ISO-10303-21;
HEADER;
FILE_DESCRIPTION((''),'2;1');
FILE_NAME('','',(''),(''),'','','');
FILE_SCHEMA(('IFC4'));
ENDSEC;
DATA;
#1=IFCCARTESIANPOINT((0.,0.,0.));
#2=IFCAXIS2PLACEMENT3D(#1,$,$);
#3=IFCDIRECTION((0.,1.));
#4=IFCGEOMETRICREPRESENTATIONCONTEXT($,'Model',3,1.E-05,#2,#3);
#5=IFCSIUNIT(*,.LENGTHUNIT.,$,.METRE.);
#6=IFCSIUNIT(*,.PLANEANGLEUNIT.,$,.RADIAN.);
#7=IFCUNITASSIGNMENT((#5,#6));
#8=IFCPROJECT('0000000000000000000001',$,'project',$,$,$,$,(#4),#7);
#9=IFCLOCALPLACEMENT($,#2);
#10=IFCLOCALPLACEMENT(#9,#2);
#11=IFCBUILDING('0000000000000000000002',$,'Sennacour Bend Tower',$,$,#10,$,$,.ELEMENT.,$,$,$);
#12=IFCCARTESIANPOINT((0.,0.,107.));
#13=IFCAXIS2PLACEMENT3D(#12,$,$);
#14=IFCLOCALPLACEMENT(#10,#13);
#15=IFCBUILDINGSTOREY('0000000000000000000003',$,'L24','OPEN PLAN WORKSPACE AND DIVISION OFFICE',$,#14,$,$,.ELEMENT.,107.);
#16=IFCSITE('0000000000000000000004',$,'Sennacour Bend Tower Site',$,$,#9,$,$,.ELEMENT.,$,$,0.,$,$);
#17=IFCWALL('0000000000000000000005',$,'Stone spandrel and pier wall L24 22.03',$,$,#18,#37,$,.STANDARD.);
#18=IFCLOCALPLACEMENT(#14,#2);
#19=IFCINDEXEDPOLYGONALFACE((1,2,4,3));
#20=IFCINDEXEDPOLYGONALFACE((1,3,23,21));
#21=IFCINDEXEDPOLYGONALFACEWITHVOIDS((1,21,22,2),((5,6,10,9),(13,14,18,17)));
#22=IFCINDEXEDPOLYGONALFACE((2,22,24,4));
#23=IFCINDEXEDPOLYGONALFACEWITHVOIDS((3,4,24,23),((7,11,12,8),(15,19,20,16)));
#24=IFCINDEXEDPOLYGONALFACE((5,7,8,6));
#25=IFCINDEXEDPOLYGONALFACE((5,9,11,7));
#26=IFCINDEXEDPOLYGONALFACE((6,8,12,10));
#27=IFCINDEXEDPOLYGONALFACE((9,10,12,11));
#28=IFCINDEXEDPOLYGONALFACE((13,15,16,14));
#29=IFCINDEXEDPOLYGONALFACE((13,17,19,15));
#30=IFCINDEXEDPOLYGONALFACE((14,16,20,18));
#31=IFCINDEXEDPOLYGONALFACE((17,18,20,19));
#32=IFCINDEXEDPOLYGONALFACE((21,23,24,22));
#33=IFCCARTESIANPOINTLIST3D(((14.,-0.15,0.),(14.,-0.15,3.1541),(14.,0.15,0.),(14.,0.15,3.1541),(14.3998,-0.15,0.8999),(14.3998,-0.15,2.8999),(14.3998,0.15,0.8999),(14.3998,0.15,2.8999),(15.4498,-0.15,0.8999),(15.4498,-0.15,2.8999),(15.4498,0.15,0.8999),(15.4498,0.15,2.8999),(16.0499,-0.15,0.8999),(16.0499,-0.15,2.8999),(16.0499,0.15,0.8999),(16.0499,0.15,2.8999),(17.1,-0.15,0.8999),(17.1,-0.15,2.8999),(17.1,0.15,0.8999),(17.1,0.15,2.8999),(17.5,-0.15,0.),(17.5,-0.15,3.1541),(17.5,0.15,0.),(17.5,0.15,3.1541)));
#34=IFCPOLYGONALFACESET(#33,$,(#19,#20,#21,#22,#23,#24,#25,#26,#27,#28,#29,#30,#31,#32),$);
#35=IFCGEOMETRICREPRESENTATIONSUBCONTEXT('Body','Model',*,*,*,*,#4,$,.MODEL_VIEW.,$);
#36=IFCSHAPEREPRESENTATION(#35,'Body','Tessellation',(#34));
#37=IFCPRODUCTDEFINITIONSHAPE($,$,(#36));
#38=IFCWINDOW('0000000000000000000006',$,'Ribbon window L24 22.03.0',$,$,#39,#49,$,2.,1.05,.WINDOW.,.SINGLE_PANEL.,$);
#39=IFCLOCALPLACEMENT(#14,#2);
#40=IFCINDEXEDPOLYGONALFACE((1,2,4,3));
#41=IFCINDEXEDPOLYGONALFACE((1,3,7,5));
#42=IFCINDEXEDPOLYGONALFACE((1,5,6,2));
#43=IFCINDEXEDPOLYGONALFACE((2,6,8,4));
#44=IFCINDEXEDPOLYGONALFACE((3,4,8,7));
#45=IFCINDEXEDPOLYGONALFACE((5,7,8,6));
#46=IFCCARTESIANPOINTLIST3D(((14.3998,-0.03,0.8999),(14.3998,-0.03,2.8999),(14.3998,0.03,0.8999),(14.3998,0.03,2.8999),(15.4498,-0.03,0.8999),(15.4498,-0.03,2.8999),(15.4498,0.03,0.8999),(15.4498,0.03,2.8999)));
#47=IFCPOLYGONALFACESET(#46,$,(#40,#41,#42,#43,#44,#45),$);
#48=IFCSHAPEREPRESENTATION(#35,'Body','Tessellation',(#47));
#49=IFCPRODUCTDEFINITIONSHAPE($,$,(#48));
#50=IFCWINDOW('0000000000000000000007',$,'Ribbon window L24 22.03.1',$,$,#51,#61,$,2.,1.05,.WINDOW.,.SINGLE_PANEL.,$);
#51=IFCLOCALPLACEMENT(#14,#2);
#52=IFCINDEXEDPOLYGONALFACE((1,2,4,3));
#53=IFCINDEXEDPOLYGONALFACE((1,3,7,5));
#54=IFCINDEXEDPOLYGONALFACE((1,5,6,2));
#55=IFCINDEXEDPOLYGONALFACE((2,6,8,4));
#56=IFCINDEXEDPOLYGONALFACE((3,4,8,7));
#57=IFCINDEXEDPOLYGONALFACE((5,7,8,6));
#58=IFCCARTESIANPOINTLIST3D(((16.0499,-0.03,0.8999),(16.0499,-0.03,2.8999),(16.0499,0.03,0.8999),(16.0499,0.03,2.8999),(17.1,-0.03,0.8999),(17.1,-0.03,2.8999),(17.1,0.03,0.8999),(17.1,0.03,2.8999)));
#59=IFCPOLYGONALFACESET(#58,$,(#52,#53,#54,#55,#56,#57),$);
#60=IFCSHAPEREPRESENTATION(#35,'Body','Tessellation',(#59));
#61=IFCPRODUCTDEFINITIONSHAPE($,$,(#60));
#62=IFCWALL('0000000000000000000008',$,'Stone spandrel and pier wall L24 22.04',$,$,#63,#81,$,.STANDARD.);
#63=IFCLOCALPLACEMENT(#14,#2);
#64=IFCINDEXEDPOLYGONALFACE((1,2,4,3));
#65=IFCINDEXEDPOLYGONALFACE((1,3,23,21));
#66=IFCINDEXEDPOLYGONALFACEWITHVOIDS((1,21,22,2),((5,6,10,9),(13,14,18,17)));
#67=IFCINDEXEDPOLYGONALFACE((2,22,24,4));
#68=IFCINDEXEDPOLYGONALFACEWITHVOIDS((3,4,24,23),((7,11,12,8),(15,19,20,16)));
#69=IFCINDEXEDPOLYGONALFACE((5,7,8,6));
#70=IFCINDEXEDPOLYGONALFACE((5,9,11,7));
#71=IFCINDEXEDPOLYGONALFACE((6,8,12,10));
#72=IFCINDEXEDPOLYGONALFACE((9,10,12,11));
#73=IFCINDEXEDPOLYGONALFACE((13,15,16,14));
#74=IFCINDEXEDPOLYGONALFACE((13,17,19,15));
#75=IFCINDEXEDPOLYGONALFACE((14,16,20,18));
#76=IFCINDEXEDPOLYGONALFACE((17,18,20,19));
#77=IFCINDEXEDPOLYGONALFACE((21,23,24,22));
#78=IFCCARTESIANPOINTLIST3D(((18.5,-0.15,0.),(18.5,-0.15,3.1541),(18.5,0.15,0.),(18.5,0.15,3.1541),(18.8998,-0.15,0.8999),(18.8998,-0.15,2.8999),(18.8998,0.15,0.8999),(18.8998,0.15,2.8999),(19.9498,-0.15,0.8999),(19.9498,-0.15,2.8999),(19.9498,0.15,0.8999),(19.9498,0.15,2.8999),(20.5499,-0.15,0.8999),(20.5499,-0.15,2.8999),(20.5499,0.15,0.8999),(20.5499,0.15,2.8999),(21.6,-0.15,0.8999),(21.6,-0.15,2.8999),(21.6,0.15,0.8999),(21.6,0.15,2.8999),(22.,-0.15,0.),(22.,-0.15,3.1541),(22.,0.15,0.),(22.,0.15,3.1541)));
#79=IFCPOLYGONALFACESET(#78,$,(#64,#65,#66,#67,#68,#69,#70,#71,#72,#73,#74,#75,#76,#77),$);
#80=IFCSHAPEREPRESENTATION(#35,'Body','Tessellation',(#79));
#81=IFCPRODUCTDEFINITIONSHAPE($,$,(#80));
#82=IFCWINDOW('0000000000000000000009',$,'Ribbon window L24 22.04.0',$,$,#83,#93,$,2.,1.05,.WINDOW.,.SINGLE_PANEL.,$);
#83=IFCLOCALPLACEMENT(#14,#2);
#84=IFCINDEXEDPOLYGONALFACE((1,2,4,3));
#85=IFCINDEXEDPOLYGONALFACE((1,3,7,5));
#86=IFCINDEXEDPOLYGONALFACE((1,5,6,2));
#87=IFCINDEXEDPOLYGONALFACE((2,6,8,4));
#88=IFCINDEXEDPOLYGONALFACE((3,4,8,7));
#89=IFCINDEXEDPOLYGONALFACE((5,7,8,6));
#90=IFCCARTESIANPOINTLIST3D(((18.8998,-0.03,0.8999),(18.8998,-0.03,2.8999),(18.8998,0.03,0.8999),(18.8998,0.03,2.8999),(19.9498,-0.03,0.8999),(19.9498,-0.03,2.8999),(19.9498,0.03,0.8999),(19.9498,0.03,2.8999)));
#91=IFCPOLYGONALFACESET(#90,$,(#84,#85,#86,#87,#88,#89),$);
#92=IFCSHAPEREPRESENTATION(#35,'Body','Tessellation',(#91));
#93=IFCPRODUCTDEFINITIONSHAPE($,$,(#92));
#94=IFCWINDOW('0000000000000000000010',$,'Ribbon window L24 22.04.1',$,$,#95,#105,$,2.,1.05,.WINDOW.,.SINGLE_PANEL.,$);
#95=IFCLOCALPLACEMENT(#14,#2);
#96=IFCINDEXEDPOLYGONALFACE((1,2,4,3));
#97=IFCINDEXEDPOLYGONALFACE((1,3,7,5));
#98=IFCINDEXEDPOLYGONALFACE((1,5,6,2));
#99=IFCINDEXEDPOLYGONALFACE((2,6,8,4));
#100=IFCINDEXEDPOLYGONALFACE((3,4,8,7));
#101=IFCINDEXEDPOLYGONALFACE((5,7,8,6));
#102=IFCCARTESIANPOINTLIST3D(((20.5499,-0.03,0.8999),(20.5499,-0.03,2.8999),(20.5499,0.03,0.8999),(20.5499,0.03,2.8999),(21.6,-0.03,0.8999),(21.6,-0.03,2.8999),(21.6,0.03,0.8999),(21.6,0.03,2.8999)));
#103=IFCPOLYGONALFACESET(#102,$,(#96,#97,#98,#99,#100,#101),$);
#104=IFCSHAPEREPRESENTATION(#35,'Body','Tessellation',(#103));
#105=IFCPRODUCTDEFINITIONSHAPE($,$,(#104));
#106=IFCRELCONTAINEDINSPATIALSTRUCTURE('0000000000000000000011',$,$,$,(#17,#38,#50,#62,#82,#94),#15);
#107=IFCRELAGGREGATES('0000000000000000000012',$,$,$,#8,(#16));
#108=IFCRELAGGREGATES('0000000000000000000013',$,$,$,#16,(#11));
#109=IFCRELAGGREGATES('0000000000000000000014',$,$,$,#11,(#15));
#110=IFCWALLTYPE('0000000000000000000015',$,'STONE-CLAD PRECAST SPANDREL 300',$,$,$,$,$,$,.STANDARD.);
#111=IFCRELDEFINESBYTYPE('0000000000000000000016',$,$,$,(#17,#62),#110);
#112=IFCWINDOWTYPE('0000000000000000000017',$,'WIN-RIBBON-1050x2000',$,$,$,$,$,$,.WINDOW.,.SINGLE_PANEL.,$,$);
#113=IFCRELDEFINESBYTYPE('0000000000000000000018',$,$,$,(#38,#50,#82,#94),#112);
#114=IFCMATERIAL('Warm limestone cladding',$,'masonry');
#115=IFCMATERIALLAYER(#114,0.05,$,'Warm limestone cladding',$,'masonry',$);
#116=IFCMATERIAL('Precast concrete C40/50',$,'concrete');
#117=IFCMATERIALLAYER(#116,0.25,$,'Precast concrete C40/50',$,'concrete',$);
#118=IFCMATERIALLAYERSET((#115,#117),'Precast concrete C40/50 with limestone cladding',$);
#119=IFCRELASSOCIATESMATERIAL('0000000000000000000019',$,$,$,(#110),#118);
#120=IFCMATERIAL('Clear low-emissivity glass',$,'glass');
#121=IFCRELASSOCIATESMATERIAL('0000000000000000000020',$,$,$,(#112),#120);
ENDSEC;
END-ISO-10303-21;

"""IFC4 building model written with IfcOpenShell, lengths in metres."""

from ifc_helpers import new_model, si_unit, direction, frame, frame_2d, origin, place, context, subcontext, project, spatial, rectangle, extrude, material, layer, layer_set, type_object, element, fill, save


model = new_model("IFC4")

# Units and contexts
model_context = context("Model", 3, precision=1e-05, world=origin(), true_north=direction((0.0, 1.0)))
body_context = subcontext(model_context, "Body", "Model", "MODEL_VIEW")
ifc_project = project(units=[si_unit("LENGTHUNIT", "METRE"), si_unit("PLANEANGLEUNIT", "RADIAN")], contexts=[model_context])

# Site, building, storey
site_placement = place(None, origin())
site = spatial("IfcSite", under=ifc_project, at=site_placement, Name="Sennacour Bend Tower Site", CompositionType="ELEMENT", RefElevation=0.0)
building_placement = place(site_placement, origin())
building = spatial("IfcBuilding", under=site, at=building_placement, Name="Sennacour Bend Tower", CompositionType="ELEMENT")
storey_placement = place(building_placement, frame((0.0, 0.0, 107.0)))
storey = spatial("IfcBuildingStorey", under=building, at=storey_placement, Name="L24", Description="OPEN PLAN WORKSPACE AND DIVISION OFFICE", CompositionType="ELEMENT", Elevation=107.0)

# Walls, openings, windows
ifc_material_1 = material(Name="Warm limestone cladding", Category="masonry")
ifc_layer_1 = layer(ifc_material_1, 0.05, Name="Warm limestone cladding", Category="masonry")
ifc_material_2 = material(Name="Precast concrete C40/50", Category="concrete")
ifc_layer_2 = layer(ifc_material_2, 0.25, Name="Precast concrete C40/50", Category="concrete")
ifc_layer_set_1 = layer_set([ifc_layer_1, ifc_layer_2], Name="Precast concrete C40/50 with limestone cladding")
wall_type_1 = type_object("IfcWallType", Name="STONE-CLAD PRECAST SPANDREL 300", PredefinedType="STANDARD", material=ifc_layer_set_1)
wall_1_placement = place(storey_placement, frame((14.0, 0.0, 0.0), z_axis=(0.0, 0.0, 1.0), x_axis=(1.0, 0.0, 0.0)))
wall_1 = element("IfcWall", 1, at=wall_1_placement, inside=storey, type_object=wall_type_1, Name="Stone spandrel and pier wall L24 22.03", PredefinedType="STANDARD", context=body_context, shape_type="SweptSolid", body=[
    extrude(rectangle(XDim=3.5, YDim=0.3, at=frame_2d((1.75, 0.0))), origin(), (0.0, 0.0, 1.0), 3.1541),
])
opening_1_placement = place(wall_1_placement, frame((0.3999, 0.0, 0.8999)))
opening_1 = element("IfcOpeningElement", 2, at=opening_1_placement, cuts=wall_1, PredefinedType="OPENING", context=body_context, shape_type="SweptSolid", body=[
    extrude(rectangle(XDim=1.05, YDim=2.0, at=frame_2d((0.5249, 1.0))), frame((0.0, 0.1602, 0.0), z_axis=(0.0, -1.0, 0.0), x_axis=(1.0, 0.0, 0.0)), (0.0, 0.0, 1.0), 0.3201),
])
opening_2_placement = place(wall_1_placement, frame((2.05, 0.0, 0.8999)))
opening_2 = element("IfcOpeningElement", 3, at=opening_2_placement, cuts=wall_1, PredefinedType="OPENING", context=body_context, shape_type="SweptSolid", body=[
    extrude(rectangle(XDim=1.05, YDim=2.0, at=frame_2d((0.5249, 1.0))), frame((0.0, 0.1602, 0.0), z_axis=(0.0, -1.0, 0.0), x_axis=(1.0, 0.0, 0.0)), (0.0, 0.0, 1.0), 0.3201),
])
ifc_material_3 = material(Name="Clear low-emissivity glass", Category="glass")
window_type = type_object("IfcWindowType", Name="WIN-RIBBON-1050x2000", PartitioningType="SINGLE_PANEL", PredefinedType="WINDOW", material=ifc_material_3)
window_1_placement = place(opening_1_placement, origin())
window_1 = element("IfcWindow", 4, at=window_1_placement, inside=storey, type_object=window_type, Name="Ribbon window L24 22.03.0", OverallHeight=2.0, OverallWidth=1.05, PartitioningType="SINGLE_PANEL", PredefinedType="WINDOW", context=body_context, shape_type="SweptSolid", body=[
    extrude(rectangle(XDim=1.05, YDim=2.0, at=frame_2d((0.5249, 1.0))), frame((0.0, 0.03, 0.0), z_axis=(0.0, -1.0, 0.0), x_axis=(1.0, 0.0, 0.0)), (0.0, 0.0, 1.0), 0.0601),
])
fill(opening_1, window_1)
window_2_placement = place(opening_2_placement, origin())
window_2 = element("IfcWindow", 5, at=window_2_placement, inside=storey, type_object=window_type, Name="Ribbon window L24 22.03.1", OverallHeight=2.0, OverallWidth=1.05, PartitioningType="SINGLE_PANEL", PredefinedType="WINDOW", context=body_context, shape_type="SweptSolid", body=[
    extrude(rectangle(XDim=1.05, YDim=2.0, at=frame_2d((0.5249, 1.0))), frame((0.0, 0.03, 0.0), z_axis=(0.0, -1.0, 0.0), x_axis=(1.0, 0.0, 0.0)), (0.0, 0.0, 1.0), 0.0601),
])
fill(opening_2, window_2)
wall_2_placement = place(storey_placement, frame((18.5, 0.0, 0.0), z_axis=(0.0, 0.0, 1.0), x_axis=(1.0, 0.0, 0.0)))
wall_2 = element("IfcWall", 6, at=wall_2_placement, inside=storey, type_object=wall_type_1, Name="Stone spandrel and pier wall L24 22.04", PredefinedType="STANDARD", context=body_context, shape_type="SweptSolid", body=[
    extrude(rectangle(XDim=3.5, YDim=0.3, at=frame_2d((1.75, 0.0))), origin(), (0.0, 0.0, 1.0), 3.1541),
])
opening_3_placement = place(wall_2_placement, frame((0.3999, 0.0, 0.8999)))
opening_3 = element("IfcOpeningElement", 7, at=opening_3_placement, cuts=wall_2, PredefinedType="OPENING", context=body_context, shape_type="SweptSolid", body=[
    extrude(rectangle(XDim=1.05, YDim=2.0, at=frame_2d((0.5249, 1.0))), frame((0.0, 0.1602, 0.0), z_axis=(0.0, -1.0, 0.0), x_axis=(1.0, 0.0, 0.0)), (0.0, 0.0, 1.0), 0.3201),
])
opening_4_placement = place(wall_2_placement, frame((2.05, 0.0, 0.8999)))
opening_4 = element("IfcOpeningElement", 8, at=opening_4_placement, cuts=wall_2, PredefinedType="OPENING", context=body_context, shape_type="SweptSolid", body=[
    extrude(rectangle(XDim=1.05, YDim=2.0, at=frame_2d((0.5249, 1.0))), frame((0.0, 0.1602, 0.0), z_axis=(0.0, -1.0, 0.0), x_axis=(1.0, 0.0, 0.0)), (0.0, 0.0, 1.0), 0.3201),
])
window_3_placement = place(opening_3_placement, origin())
window_3 = element("IfcWindow", 9, at=window_3_placement, inside=storey, type_object=window_type, Name="Ribbon window L24 22.04.0", OverallHeight=2.0, OverallWidth=1.05, PartitioningType="SINGLE_PANEL", PredefinedType="WINDOW", context=body_context, shape_type="SweptSolid", body=[
    extrude(rectangle(XDim=1.05, YDim=2.0, at=frame_2d((0.5249, 1.0))), frame((0.0, 0.03, 0.0), z_axis=(0.0, -1.0, 0.0), x_axis=(1.0, 0.0, 0.0)), (0.0, 0.0, 1.0), 0.0601),
])
fill(opening_3, window_3)
window_4_placement = place(opening_4_placement, origin())
window_4 = element("IfcWindow", 10, at=window_4_placement, inside=storey, type_object=window_type, Name="Ribbon window L24 22.04.1", OverallHeight=2.0, OverallWidth=1.05, PartitioningType="SINGLE_PANEL", PredefinedType="WINDOW", context=body_context, shape_type="SweptSolid", body=[
    extrude(rectangle(XDim=1.05, YDim=2.0, at=frame_2d((0.5249, 1.0))), frame((0.0, 0.03, 0.0), z_axis=(0.0, -1.0, 0.0), x_axis=(1.0, 0.0, 0.0)), (0.0, 0.0, 1.0), 0.0601),
])
fill(opening_4, window_4)

save(model, "model.ifc")
